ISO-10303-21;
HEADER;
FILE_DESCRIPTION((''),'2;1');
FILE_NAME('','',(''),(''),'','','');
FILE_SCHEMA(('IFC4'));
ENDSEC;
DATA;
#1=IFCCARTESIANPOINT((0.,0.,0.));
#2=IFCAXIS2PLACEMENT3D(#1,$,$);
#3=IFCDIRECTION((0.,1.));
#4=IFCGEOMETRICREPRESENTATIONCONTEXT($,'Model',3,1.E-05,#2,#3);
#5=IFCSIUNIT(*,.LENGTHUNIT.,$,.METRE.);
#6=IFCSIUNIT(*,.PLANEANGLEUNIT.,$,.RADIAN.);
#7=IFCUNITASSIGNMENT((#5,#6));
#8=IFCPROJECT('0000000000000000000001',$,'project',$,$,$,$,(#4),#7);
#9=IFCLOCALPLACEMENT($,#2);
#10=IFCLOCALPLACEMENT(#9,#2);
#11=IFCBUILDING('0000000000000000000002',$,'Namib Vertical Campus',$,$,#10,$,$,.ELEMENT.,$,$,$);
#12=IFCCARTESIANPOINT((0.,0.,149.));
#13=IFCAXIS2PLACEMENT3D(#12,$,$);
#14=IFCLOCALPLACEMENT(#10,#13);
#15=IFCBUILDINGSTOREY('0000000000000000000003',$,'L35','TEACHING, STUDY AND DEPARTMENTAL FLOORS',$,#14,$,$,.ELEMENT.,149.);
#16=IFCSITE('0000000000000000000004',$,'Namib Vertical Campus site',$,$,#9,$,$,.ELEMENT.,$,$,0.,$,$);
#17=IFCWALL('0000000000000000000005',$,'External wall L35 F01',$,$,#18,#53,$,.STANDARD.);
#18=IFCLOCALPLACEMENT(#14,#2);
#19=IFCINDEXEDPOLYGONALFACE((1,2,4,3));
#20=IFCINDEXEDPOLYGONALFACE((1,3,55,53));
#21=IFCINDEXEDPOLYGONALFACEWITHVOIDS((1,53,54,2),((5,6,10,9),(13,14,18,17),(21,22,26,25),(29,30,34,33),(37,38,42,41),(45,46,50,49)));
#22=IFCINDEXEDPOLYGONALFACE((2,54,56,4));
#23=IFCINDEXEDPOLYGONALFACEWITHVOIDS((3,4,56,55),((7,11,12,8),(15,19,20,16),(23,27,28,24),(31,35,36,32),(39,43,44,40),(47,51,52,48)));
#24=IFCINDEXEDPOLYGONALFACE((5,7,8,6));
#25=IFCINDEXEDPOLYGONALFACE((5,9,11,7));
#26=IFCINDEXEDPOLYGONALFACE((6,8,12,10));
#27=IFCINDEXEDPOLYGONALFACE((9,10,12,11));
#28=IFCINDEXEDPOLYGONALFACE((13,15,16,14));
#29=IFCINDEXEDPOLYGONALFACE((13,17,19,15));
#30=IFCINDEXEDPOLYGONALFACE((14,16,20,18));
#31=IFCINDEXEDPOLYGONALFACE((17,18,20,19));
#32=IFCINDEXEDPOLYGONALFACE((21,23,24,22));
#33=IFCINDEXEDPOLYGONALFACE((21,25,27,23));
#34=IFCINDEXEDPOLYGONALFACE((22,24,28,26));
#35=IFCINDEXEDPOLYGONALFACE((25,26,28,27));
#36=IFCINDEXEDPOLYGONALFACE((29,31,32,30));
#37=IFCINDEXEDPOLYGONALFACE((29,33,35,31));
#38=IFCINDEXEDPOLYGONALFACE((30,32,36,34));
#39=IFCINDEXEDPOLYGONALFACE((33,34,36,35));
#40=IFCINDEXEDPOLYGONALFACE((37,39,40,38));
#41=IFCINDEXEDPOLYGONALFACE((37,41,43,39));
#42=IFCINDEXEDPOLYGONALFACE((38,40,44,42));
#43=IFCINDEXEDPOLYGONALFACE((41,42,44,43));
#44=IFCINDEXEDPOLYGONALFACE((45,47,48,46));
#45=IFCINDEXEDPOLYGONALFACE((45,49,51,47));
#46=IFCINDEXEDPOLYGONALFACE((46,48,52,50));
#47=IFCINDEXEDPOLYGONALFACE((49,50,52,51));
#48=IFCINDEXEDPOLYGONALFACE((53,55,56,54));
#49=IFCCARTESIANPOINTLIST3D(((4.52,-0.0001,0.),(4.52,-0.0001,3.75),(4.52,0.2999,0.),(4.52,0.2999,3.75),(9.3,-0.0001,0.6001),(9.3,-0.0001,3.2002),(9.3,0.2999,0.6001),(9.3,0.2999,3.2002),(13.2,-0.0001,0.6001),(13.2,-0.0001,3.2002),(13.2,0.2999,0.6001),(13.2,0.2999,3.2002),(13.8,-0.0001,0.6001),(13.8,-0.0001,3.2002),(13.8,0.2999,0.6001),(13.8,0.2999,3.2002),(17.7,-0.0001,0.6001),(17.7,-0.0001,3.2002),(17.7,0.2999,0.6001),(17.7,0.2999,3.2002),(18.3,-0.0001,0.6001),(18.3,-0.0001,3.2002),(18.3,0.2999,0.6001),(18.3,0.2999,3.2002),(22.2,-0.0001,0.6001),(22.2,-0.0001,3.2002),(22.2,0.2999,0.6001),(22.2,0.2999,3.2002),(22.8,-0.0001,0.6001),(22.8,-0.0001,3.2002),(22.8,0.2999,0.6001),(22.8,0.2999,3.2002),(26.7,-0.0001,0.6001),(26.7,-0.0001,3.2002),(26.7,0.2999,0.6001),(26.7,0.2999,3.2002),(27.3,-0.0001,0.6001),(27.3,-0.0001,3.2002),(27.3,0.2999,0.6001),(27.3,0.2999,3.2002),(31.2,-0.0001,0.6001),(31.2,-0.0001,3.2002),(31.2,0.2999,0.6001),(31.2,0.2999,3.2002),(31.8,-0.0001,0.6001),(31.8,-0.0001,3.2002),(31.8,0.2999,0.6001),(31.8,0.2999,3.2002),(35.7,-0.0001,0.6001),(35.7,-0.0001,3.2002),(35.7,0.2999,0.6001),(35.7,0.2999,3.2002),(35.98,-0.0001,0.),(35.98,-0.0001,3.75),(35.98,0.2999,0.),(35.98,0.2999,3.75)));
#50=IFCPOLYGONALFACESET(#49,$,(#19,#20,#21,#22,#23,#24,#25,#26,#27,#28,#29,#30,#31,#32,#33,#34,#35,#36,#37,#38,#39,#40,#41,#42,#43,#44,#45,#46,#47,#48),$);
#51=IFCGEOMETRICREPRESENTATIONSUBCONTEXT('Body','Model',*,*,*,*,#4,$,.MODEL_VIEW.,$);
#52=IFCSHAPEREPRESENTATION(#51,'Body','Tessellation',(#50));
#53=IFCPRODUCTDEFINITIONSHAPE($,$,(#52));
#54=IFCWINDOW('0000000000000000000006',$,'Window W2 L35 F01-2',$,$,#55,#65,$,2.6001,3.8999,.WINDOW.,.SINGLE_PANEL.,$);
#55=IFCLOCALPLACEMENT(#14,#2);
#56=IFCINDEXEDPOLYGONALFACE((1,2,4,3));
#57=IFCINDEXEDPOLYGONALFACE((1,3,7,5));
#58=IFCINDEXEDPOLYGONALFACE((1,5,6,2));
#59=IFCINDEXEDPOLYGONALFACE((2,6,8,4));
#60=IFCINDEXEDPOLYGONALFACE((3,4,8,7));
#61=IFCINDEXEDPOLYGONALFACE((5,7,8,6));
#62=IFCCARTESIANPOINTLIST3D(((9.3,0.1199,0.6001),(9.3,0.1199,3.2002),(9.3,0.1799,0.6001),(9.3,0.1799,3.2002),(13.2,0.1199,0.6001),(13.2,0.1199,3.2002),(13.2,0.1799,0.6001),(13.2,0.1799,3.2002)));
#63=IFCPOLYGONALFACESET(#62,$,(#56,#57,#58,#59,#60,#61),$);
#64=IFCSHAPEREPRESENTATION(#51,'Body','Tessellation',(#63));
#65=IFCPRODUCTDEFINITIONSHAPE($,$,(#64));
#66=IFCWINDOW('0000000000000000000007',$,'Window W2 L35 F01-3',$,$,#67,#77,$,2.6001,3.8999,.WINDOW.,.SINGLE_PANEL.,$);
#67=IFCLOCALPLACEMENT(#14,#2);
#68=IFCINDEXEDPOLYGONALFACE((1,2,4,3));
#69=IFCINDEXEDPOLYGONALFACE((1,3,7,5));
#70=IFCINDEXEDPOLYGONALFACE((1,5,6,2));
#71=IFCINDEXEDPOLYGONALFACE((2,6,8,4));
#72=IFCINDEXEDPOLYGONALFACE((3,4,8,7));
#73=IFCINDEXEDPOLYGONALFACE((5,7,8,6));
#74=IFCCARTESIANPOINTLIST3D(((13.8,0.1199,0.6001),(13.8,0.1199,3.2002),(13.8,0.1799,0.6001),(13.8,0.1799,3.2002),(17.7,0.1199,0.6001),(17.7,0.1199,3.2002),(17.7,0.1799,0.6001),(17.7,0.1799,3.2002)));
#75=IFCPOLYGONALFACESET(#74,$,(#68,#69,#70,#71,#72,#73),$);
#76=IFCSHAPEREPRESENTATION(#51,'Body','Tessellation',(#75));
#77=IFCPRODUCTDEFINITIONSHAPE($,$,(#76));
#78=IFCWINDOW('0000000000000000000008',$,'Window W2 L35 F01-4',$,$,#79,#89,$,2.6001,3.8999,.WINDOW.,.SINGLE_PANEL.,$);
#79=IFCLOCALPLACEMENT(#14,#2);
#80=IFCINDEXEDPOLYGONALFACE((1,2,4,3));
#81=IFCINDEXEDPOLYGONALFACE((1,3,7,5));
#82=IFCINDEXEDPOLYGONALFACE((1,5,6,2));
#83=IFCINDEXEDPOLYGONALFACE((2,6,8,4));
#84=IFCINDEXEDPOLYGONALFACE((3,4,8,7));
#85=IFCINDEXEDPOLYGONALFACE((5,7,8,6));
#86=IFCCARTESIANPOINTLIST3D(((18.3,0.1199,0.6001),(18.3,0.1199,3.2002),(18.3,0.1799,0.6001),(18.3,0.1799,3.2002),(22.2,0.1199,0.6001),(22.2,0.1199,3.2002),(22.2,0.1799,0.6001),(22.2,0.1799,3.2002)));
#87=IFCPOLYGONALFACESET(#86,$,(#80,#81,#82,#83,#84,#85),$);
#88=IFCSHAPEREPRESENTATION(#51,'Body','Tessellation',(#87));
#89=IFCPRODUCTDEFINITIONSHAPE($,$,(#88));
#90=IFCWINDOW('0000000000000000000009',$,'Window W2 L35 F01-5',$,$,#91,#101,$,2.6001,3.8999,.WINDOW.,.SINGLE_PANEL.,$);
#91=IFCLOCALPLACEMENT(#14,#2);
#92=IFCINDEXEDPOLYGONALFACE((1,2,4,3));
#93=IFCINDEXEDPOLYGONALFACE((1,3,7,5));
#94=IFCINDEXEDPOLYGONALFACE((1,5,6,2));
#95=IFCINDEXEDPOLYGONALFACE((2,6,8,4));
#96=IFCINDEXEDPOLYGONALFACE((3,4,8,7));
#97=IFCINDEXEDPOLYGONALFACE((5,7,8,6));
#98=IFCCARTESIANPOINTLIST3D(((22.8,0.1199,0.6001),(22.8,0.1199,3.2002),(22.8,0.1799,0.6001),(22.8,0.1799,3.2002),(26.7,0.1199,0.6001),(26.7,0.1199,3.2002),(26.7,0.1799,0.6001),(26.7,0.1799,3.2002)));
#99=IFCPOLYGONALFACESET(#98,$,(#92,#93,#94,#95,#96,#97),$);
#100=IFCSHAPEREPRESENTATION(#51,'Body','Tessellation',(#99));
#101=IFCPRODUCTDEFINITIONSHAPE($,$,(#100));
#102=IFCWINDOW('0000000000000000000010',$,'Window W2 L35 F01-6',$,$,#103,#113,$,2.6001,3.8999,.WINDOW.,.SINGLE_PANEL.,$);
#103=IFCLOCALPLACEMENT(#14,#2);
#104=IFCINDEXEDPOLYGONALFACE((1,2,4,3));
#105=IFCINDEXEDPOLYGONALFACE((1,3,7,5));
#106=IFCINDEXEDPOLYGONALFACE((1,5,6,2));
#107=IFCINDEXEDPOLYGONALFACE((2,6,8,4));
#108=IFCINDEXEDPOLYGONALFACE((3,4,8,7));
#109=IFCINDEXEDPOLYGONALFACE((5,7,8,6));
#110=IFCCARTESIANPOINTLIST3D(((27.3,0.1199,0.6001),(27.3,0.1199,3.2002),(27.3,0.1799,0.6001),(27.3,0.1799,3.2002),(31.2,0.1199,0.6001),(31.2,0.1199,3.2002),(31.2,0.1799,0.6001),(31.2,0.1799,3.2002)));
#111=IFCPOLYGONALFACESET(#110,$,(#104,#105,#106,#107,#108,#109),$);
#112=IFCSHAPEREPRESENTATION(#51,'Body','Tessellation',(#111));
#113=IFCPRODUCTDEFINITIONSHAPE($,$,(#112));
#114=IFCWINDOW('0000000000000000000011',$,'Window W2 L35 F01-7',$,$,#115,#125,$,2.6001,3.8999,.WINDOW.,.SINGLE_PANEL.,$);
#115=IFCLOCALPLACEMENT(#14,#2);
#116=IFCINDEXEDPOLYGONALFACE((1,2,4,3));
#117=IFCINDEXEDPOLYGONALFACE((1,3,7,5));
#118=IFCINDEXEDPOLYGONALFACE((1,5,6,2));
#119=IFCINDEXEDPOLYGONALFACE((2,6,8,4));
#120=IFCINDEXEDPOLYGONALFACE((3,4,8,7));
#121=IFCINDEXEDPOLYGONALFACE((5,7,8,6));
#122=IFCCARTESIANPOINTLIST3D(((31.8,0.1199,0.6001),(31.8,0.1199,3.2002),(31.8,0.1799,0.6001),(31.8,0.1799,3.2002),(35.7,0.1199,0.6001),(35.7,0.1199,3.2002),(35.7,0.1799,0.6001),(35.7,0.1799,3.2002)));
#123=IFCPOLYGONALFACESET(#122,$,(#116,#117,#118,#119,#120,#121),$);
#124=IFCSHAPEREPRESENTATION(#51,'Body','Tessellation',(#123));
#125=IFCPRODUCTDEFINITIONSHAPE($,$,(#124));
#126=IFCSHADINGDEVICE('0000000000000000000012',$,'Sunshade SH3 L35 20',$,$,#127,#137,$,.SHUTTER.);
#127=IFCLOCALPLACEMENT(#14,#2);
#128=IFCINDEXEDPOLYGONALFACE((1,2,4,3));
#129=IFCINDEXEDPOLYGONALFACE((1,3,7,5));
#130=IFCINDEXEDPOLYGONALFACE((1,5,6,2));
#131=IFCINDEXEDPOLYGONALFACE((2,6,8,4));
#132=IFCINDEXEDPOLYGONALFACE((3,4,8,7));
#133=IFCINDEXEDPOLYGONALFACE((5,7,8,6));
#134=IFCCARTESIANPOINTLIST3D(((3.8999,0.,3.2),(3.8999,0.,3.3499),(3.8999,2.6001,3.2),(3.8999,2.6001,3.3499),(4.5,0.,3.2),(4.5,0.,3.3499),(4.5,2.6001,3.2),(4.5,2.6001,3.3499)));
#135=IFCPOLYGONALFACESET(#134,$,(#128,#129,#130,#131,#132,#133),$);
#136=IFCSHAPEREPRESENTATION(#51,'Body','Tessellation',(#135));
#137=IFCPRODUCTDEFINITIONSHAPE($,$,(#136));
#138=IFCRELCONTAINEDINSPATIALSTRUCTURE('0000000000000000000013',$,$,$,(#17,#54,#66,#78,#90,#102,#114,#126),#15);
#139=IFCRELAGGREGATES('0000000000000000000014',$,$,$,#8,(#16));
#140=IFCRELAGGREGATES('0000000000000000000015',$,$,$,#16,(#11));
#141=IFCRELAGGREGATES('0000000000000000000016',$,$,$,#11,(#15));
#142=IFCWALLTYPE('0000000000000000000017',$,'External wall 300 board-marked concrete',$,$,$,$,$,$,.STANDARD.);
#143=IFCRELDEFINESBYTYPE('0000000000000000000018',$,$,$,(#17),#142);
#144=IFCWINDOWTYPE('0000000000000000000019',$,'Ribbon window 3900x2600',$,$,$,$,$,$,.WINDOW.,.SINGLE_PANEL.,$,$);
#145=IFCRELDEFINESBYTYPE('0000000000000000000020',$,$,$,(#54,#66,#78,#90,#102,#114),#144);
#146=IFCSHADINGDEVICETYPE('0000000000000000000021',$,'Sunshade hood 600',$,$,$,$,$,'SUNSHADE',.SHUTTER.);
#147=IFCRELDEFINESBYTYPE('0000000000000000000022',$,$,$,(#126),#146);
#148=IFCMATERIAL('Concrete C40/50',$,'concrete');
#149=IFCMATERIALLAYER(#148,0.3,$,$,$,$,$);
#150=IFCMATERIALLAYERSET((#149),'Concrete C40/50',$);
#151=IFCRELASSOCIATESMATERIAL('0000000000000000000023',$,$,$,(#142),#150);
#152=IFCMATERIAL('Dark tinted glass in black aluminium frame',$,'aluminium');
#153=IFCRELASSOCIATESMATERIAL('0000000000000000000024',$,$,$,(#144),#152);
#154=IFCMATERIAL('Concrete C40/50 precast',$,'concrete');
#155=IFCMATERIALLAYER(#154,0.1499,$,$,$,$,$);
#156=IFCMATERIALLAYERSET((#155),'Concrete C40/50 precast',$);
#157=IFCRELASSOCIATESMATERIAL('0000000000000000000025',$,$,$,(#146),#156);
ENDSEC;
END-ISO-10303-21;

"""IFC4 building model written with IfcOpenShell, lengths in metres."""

from ifc_helpers import new_model, si_unit, direction, frame, frame_2d, origin, origin_2d, place, context, subcontext, project, spatial, rectangle, extrude, material, layer, layer_set, type_object, element, fill, save


model = new_model("IFC4")

# Units and contexts
model_context = context("Model", 3, precision=1e-05, world=origin(), true_north=direction((0.0, 1.0)))
body_context = subcontext(model_context, "Body", "Model", "MODEL_VIEW")
ifc_project = project(units=[si_unit("LENGTHUNIT", "METRE"), si_unit("PLANEANGLEUNIT", "RADIAN")], contexts=[model_context])

# Site, building, storey
site_placement = place(None, origin())
site = spatial("IfcSite", under=ifc_project, at=site_placement, Name="Namib Vertical Campus site", CompositionType="ELEMENT", RefElevation=0.0)
building_placement = place(site_placement, origin())
building = spatial("IfcBuilding", under=site, at=building_placement, Name="Namib Vertical Campus", CompositionType="ELEMENT")
storey_placement = place(building_placement, frame((0.0, 0.0, 149.0)))
storey = spatial("IfcBuildingStorey", under=building, at=storey_placement, Name="L35", Description="TEACHING, STUDY AND DEPARTMENTAL FLOORS", CompositionType="ELEMENT", Elevation=149.0)

# Wall, openings, windows
ifc_material_1 = material(Name="Concrete C40/50", Category="concrete")
ifc_layer_1 = layer(ifc_material_1, 0.3)
ifc_layer_set_1 = layer_set([ifc_layer_1], Name="Concrete C40/50")
wall_type = type_object("IfcWallType", Name="External wall 300 board-marked concrete", PredefinedType="STANDARD", material=ifc_layer_set_1)
wall_placement = place(storey_placement, frame((4.52, 0.1499, 0.0), z_axis=(0.0, 0.0, 1.0), x_axis=(1.0, 0.0, 0.0)))
wall = element("IfcWall", 1, at=wall_placement, inside=storey, type_object=wall_type, Name="External wall L35 F01", PredefinedType="STANDARD", context=body_context, shape_type="SweptSolid", body=[
    extrude(rectangle(XDim=31.46, YDim=0.3, at=frame_2d((15.73, 0.0))), origin(), (0.0, 0.0, 1.0), 3.75),
])
opening_1_placement = place(wall_placement, frame((4.78, 0.0, 0.6001)))
opening_1 = element("IfcOpeningElement", 2, at=opening_1_placement, cuts=wall, PredefinedType="OPENING", context=body_context, shape_type="SweptSolid", body=[
    extrude(rectangle(XDim=3.8999, YDim=2.6001, at=frame_2d((1.95, 1.3))), frame((0.0, 0.1599, 0.0), z_axis=(0.0, -1.0, 0.0), x_axis=(1.0, 0.0, 0.0)), (0.0, 0.0, 1.0), 0.3201),
])
opening_2_placement = place(wall_placement, frame((9.28, 0.0, 0.6001)))
opening_2 = element("IfcOpeningElement", 3, at=opening_2_placement, cuts=wall, PredefinedType="OPENING", context=body_context, shape_type="SweptSolid", body=[
    extrude(rectangle(XDim=3.8999, YDim=2.6001, at=frame_2d((1.95, 1.3))), frame((0.0, 0.1599, 0.0), z_axis=(0.0, -1.0, 0.0), x_axis=(1.0, 0.0, 0.0)), (0.0, 0.0, 1.0), 0.3201),
])
opening_3_placement = place(wall_placement, frame((13.78, 0.0, 0.6001)))
opening_3 = element("IfcOpeningElement", 4, at=opening_3_placement, cuts=wall, PredefinedType="OPENING", context=body_context, shape_type="SweptSolid", body=[
    extrude(rectangle(XDim=3.8999, YDim=2.6001, at=frame_2d((1.95, 1.3))), frame((0.0, 0.1599, 0.0), z_axis=(0.0, -1.0, 0.0), x_axis=(1.0, 0.0, 0.0)), (0.0, 0.0, 1.0), 0.3201),
])
opening_4_placement = place(wall_placement, frame((18.28, 0.0, 0.6001)))
opening_4 = element("IfcOpeningElement", 5, at=opening_4_placement, cuts=wall, PredefinedType="OPENING", context=body_context, shape_type="SweptSolid", body=[
    extrude(rectangle(XDim=3.8999, YDim=2.6001, at=frame_2d((1.95, 1.3))), frame((0.0, 0.1599, 0.0), z_axis=(0.0, -1.0, 0.0), x_axis=(1.0, 0.0, 0.0)), (0.0, 0.0, 1.0), 0.3201),
])
opening_5_placement = place(wall_placement, frame((22.78, 0.0, 0.6001)))
opening_5 = element("IfcOpeningElement", 6, at=opening_5_placement, cuts=wall, PredefinedType="OPENING", context=body_context, shape_type="SweptSolid", body=[
    extrude(rectangle(XDim=3.8999, YDim=2.6001, at=frame_2d((1.95, 1.3))), frame((0.0, 0.1599, 0.0), z_axis=(0.0, -1.0, 0.0), x_axis=(1.0, 0.0, 0.0)), (0.0, 0.0, 1.0), 0.3201),
])
opening_6_placement = place(wall_placement, frame((27.28, 0.0, 0.6001)))
opening_6 = element("IfcOpeningElement", 7, at=opening_6_placement, cuts=wall, PredefinedType="OPENING", context=body_context, shape_type="SweptSolid", body=[
    extrude(rectangle(XDim=3.8999, YDim=2.6001, at=frame_2d((1.95, 1.3))), frame((0.0, 0.1599, 0.0), z_axis=(0.0, -1.0, 0.0), x_axis=(1.0, 0.0, 0.0)), (0.0, 0.0, 1.0), 0.3201),
])
ifc_material_2 = material(Name="Dark tinted glass in black aluminium frame", Category="aluminium")
window_type = type_object("IfcWindowType", Name="Ribbon window 3900x2600", PartitioningType="SINGLE_PANEL", PredefinedType="WINDOW", material=ifc_material_2)
window_1_placement = place(opening_1_placement, origin())
window_1 = element("IfcWindow", 8, at=window_1_placement, inside=storey, type_object=window_type, Name="Window W2 L35 F01-2", OverallHeight=2.6001, OverallWidth=3.8999, PartitioningType="SINGLE_PANEL", PredefinedType="WINDOW", context=body_context, shape_type="SweptSolid", body=[
    extrude(rectangle(XDim=3.8999, YDim=2.6001, at=frame_2d((1.95, 1.3))), frame((0.0, 0.03, 0.0), z_axis=(0.0, -1.0, 0.0), x_axis=(1.0, 0.0, 0.0)), (0.0, 0.0, 1.0), 0.0601),
])
fill(opening_1, window_1)
window_2_placement = place(opening_2_placement, origin())
window_2 = element("IfcWindow", 9, at=window_2_placement, inside=storey, type_object=window_type, Name="Window W2 L35 F01-3", OverallHeight=2.6001, OverallWidth=3.8999, PartitioningType="SINGLE_PANEL", PredefinedType="WINDOW", context=body_context, shape_type="SweptSolid", body=[
    extrude(rectangle(XDim=3.8999, YDim=2.6001, at=frame_2d((1.95, 1.3))), frame((0.0, 0.03, 0.0), z_axis=(0.0, -1.0, 0.0), x_axis=(1.0, 0.0, 0.0)), (0.0, 0.0, 1.0), 0.0601),
])
fill(opening_2, window_2)
window_3_placement = place(opening_3_placement, origin())
window_3 = element("IfcWindow", 10, at=window_3_placement, inside=storey, type_object=window_type, Name="Window W2 L35 F01-4", OverallHeight=2.6001, OverallWidth=3.8999, PartitioningType="SINGLE_PANEL", PredefinedType="WINDOW", context=body_context, shape_type="SweptSolid", body=[
    extrude(rectangle(XDim=3.8999, YDim=2.6001, at=frame_2d((1.95, 1.3))), frame((0.0, 0.03, 0.0), z_axis=(0.0, -1.0, 0.0), x_axis=(1.0, 0.0, 0.0)), (0.0, 0.0, 1.0), 0.0601),
])
fill(opening_3, window_3)
window_4_placement = place(opening_4_placement, origin())
window_4 = element("IfcWindow", 11, at=window_4_placement, inside=storey, type_object=window_type, Name="Window W2 L35 F01-5", OverallHeight=2.6001, OverallWidth=3.8999, PartitioningType="SINGLE_PANEL", PredefinedType="WINDOW", context=body_context, shape_type="SweptSolid", body=[
    extrude(rectangle(XDim=3.8999, YDim=2.6001, at=frame_2d((1.95, 1.3))), frame((0.0, 0.03, 0.0), z_axis=(0.0, -1.0, 0.0), x_axis=(1.0, 0.0, 0.0)), (0.0, 0.0, 1.0), 0.0601),
])
fill(opening_4, window_4)
window_5_placement = place(opening_5_placement, origin())
window_5 = element("IfcWindow", 12, at=window_5_placement, inside=storey, type_object=window_type, Name="Window W2 L35 F01-6", OverallHeight=2.6001, OverallWidth=3.8999, PartitioningType="SINGLE_PANEL", PredefinedType="WINDOW", context=body_context, shape_type="SweptSolid", body=[
    extrude(rectangle(XDim=3.8999, YDim=2.6001, at=frame_2d((1.95, 1.3))), frame((0.0, 0.03, 0.0), z_axis=(0.0, -1.0, 0.0), x_axis=(1.0, 0.0, 0.0)), (0.0, 0.0, 1.0), 0.0601),
])
fill(opening_5, window_5)
window_6_placement = place(opening_6_placement, origin())
window_6 = element("IfcWindow", 13, at=window_6_placement, inside=storey, type_object=window_type, Name="Window W2 L35 F01-7", OverallHeight=2.6001, OverallWidth=3.8999, PartitioningType="SINGLE_PANEL", PredefinedType="WINDOW", context=body_context, shape_type="SweptSolid", body=[
    extrude(rectangle(XDim=3.8999, YDim=2.6001, at=frame_2d((1.95, 1.3))), frame((0.0, 0.03, 0.0), z_axis=(0.0, -1.0, 0.0), x_axis=(1.0, 0.0, 0.0)), (0.0, 0.0, 1.0), 0.0601),
])
fill(opening_6, window_6)

# Shading device
ifc_material_3 = material(Name="Concrete C40/50 precast", Category="concrete")
ifc_layer_2 = layer(ifc_material_3, 0.1499)
ifc_layer_set_2 = layer_set([ifc_layer_2], Name="Concrete C40/50 precast")
shading_device_type = type_object("IfcShadingDeviceType", Name="Sunshade hood 600", ElementType="SUNSHADE", PredefinedType="SHUTTER", material=ifc_layer_set_2)
shading_device_placement = place(storey_placement, frame((4.2, 1.3, 3.2), z_axis=(0.0, 0.0, 1.0), x_axis=(0.0, -1.0, 0.0)))
element("IfcShadingDevice", 14, at=shading_device_placement, inside=storey, type_object=shading_device_type, Name="Sunshade SH3 L35 20", PredefinedType="SHUTTER", context=body_context, shape_type="SweptSolid", body=[
    extrude(rectangle(XDim=2.6001, YDim=0.6001, at=origin_2d()), origin(), (0.0, 0.0, 1.0), 0.1499),
])

save(model, "model.ifc")
